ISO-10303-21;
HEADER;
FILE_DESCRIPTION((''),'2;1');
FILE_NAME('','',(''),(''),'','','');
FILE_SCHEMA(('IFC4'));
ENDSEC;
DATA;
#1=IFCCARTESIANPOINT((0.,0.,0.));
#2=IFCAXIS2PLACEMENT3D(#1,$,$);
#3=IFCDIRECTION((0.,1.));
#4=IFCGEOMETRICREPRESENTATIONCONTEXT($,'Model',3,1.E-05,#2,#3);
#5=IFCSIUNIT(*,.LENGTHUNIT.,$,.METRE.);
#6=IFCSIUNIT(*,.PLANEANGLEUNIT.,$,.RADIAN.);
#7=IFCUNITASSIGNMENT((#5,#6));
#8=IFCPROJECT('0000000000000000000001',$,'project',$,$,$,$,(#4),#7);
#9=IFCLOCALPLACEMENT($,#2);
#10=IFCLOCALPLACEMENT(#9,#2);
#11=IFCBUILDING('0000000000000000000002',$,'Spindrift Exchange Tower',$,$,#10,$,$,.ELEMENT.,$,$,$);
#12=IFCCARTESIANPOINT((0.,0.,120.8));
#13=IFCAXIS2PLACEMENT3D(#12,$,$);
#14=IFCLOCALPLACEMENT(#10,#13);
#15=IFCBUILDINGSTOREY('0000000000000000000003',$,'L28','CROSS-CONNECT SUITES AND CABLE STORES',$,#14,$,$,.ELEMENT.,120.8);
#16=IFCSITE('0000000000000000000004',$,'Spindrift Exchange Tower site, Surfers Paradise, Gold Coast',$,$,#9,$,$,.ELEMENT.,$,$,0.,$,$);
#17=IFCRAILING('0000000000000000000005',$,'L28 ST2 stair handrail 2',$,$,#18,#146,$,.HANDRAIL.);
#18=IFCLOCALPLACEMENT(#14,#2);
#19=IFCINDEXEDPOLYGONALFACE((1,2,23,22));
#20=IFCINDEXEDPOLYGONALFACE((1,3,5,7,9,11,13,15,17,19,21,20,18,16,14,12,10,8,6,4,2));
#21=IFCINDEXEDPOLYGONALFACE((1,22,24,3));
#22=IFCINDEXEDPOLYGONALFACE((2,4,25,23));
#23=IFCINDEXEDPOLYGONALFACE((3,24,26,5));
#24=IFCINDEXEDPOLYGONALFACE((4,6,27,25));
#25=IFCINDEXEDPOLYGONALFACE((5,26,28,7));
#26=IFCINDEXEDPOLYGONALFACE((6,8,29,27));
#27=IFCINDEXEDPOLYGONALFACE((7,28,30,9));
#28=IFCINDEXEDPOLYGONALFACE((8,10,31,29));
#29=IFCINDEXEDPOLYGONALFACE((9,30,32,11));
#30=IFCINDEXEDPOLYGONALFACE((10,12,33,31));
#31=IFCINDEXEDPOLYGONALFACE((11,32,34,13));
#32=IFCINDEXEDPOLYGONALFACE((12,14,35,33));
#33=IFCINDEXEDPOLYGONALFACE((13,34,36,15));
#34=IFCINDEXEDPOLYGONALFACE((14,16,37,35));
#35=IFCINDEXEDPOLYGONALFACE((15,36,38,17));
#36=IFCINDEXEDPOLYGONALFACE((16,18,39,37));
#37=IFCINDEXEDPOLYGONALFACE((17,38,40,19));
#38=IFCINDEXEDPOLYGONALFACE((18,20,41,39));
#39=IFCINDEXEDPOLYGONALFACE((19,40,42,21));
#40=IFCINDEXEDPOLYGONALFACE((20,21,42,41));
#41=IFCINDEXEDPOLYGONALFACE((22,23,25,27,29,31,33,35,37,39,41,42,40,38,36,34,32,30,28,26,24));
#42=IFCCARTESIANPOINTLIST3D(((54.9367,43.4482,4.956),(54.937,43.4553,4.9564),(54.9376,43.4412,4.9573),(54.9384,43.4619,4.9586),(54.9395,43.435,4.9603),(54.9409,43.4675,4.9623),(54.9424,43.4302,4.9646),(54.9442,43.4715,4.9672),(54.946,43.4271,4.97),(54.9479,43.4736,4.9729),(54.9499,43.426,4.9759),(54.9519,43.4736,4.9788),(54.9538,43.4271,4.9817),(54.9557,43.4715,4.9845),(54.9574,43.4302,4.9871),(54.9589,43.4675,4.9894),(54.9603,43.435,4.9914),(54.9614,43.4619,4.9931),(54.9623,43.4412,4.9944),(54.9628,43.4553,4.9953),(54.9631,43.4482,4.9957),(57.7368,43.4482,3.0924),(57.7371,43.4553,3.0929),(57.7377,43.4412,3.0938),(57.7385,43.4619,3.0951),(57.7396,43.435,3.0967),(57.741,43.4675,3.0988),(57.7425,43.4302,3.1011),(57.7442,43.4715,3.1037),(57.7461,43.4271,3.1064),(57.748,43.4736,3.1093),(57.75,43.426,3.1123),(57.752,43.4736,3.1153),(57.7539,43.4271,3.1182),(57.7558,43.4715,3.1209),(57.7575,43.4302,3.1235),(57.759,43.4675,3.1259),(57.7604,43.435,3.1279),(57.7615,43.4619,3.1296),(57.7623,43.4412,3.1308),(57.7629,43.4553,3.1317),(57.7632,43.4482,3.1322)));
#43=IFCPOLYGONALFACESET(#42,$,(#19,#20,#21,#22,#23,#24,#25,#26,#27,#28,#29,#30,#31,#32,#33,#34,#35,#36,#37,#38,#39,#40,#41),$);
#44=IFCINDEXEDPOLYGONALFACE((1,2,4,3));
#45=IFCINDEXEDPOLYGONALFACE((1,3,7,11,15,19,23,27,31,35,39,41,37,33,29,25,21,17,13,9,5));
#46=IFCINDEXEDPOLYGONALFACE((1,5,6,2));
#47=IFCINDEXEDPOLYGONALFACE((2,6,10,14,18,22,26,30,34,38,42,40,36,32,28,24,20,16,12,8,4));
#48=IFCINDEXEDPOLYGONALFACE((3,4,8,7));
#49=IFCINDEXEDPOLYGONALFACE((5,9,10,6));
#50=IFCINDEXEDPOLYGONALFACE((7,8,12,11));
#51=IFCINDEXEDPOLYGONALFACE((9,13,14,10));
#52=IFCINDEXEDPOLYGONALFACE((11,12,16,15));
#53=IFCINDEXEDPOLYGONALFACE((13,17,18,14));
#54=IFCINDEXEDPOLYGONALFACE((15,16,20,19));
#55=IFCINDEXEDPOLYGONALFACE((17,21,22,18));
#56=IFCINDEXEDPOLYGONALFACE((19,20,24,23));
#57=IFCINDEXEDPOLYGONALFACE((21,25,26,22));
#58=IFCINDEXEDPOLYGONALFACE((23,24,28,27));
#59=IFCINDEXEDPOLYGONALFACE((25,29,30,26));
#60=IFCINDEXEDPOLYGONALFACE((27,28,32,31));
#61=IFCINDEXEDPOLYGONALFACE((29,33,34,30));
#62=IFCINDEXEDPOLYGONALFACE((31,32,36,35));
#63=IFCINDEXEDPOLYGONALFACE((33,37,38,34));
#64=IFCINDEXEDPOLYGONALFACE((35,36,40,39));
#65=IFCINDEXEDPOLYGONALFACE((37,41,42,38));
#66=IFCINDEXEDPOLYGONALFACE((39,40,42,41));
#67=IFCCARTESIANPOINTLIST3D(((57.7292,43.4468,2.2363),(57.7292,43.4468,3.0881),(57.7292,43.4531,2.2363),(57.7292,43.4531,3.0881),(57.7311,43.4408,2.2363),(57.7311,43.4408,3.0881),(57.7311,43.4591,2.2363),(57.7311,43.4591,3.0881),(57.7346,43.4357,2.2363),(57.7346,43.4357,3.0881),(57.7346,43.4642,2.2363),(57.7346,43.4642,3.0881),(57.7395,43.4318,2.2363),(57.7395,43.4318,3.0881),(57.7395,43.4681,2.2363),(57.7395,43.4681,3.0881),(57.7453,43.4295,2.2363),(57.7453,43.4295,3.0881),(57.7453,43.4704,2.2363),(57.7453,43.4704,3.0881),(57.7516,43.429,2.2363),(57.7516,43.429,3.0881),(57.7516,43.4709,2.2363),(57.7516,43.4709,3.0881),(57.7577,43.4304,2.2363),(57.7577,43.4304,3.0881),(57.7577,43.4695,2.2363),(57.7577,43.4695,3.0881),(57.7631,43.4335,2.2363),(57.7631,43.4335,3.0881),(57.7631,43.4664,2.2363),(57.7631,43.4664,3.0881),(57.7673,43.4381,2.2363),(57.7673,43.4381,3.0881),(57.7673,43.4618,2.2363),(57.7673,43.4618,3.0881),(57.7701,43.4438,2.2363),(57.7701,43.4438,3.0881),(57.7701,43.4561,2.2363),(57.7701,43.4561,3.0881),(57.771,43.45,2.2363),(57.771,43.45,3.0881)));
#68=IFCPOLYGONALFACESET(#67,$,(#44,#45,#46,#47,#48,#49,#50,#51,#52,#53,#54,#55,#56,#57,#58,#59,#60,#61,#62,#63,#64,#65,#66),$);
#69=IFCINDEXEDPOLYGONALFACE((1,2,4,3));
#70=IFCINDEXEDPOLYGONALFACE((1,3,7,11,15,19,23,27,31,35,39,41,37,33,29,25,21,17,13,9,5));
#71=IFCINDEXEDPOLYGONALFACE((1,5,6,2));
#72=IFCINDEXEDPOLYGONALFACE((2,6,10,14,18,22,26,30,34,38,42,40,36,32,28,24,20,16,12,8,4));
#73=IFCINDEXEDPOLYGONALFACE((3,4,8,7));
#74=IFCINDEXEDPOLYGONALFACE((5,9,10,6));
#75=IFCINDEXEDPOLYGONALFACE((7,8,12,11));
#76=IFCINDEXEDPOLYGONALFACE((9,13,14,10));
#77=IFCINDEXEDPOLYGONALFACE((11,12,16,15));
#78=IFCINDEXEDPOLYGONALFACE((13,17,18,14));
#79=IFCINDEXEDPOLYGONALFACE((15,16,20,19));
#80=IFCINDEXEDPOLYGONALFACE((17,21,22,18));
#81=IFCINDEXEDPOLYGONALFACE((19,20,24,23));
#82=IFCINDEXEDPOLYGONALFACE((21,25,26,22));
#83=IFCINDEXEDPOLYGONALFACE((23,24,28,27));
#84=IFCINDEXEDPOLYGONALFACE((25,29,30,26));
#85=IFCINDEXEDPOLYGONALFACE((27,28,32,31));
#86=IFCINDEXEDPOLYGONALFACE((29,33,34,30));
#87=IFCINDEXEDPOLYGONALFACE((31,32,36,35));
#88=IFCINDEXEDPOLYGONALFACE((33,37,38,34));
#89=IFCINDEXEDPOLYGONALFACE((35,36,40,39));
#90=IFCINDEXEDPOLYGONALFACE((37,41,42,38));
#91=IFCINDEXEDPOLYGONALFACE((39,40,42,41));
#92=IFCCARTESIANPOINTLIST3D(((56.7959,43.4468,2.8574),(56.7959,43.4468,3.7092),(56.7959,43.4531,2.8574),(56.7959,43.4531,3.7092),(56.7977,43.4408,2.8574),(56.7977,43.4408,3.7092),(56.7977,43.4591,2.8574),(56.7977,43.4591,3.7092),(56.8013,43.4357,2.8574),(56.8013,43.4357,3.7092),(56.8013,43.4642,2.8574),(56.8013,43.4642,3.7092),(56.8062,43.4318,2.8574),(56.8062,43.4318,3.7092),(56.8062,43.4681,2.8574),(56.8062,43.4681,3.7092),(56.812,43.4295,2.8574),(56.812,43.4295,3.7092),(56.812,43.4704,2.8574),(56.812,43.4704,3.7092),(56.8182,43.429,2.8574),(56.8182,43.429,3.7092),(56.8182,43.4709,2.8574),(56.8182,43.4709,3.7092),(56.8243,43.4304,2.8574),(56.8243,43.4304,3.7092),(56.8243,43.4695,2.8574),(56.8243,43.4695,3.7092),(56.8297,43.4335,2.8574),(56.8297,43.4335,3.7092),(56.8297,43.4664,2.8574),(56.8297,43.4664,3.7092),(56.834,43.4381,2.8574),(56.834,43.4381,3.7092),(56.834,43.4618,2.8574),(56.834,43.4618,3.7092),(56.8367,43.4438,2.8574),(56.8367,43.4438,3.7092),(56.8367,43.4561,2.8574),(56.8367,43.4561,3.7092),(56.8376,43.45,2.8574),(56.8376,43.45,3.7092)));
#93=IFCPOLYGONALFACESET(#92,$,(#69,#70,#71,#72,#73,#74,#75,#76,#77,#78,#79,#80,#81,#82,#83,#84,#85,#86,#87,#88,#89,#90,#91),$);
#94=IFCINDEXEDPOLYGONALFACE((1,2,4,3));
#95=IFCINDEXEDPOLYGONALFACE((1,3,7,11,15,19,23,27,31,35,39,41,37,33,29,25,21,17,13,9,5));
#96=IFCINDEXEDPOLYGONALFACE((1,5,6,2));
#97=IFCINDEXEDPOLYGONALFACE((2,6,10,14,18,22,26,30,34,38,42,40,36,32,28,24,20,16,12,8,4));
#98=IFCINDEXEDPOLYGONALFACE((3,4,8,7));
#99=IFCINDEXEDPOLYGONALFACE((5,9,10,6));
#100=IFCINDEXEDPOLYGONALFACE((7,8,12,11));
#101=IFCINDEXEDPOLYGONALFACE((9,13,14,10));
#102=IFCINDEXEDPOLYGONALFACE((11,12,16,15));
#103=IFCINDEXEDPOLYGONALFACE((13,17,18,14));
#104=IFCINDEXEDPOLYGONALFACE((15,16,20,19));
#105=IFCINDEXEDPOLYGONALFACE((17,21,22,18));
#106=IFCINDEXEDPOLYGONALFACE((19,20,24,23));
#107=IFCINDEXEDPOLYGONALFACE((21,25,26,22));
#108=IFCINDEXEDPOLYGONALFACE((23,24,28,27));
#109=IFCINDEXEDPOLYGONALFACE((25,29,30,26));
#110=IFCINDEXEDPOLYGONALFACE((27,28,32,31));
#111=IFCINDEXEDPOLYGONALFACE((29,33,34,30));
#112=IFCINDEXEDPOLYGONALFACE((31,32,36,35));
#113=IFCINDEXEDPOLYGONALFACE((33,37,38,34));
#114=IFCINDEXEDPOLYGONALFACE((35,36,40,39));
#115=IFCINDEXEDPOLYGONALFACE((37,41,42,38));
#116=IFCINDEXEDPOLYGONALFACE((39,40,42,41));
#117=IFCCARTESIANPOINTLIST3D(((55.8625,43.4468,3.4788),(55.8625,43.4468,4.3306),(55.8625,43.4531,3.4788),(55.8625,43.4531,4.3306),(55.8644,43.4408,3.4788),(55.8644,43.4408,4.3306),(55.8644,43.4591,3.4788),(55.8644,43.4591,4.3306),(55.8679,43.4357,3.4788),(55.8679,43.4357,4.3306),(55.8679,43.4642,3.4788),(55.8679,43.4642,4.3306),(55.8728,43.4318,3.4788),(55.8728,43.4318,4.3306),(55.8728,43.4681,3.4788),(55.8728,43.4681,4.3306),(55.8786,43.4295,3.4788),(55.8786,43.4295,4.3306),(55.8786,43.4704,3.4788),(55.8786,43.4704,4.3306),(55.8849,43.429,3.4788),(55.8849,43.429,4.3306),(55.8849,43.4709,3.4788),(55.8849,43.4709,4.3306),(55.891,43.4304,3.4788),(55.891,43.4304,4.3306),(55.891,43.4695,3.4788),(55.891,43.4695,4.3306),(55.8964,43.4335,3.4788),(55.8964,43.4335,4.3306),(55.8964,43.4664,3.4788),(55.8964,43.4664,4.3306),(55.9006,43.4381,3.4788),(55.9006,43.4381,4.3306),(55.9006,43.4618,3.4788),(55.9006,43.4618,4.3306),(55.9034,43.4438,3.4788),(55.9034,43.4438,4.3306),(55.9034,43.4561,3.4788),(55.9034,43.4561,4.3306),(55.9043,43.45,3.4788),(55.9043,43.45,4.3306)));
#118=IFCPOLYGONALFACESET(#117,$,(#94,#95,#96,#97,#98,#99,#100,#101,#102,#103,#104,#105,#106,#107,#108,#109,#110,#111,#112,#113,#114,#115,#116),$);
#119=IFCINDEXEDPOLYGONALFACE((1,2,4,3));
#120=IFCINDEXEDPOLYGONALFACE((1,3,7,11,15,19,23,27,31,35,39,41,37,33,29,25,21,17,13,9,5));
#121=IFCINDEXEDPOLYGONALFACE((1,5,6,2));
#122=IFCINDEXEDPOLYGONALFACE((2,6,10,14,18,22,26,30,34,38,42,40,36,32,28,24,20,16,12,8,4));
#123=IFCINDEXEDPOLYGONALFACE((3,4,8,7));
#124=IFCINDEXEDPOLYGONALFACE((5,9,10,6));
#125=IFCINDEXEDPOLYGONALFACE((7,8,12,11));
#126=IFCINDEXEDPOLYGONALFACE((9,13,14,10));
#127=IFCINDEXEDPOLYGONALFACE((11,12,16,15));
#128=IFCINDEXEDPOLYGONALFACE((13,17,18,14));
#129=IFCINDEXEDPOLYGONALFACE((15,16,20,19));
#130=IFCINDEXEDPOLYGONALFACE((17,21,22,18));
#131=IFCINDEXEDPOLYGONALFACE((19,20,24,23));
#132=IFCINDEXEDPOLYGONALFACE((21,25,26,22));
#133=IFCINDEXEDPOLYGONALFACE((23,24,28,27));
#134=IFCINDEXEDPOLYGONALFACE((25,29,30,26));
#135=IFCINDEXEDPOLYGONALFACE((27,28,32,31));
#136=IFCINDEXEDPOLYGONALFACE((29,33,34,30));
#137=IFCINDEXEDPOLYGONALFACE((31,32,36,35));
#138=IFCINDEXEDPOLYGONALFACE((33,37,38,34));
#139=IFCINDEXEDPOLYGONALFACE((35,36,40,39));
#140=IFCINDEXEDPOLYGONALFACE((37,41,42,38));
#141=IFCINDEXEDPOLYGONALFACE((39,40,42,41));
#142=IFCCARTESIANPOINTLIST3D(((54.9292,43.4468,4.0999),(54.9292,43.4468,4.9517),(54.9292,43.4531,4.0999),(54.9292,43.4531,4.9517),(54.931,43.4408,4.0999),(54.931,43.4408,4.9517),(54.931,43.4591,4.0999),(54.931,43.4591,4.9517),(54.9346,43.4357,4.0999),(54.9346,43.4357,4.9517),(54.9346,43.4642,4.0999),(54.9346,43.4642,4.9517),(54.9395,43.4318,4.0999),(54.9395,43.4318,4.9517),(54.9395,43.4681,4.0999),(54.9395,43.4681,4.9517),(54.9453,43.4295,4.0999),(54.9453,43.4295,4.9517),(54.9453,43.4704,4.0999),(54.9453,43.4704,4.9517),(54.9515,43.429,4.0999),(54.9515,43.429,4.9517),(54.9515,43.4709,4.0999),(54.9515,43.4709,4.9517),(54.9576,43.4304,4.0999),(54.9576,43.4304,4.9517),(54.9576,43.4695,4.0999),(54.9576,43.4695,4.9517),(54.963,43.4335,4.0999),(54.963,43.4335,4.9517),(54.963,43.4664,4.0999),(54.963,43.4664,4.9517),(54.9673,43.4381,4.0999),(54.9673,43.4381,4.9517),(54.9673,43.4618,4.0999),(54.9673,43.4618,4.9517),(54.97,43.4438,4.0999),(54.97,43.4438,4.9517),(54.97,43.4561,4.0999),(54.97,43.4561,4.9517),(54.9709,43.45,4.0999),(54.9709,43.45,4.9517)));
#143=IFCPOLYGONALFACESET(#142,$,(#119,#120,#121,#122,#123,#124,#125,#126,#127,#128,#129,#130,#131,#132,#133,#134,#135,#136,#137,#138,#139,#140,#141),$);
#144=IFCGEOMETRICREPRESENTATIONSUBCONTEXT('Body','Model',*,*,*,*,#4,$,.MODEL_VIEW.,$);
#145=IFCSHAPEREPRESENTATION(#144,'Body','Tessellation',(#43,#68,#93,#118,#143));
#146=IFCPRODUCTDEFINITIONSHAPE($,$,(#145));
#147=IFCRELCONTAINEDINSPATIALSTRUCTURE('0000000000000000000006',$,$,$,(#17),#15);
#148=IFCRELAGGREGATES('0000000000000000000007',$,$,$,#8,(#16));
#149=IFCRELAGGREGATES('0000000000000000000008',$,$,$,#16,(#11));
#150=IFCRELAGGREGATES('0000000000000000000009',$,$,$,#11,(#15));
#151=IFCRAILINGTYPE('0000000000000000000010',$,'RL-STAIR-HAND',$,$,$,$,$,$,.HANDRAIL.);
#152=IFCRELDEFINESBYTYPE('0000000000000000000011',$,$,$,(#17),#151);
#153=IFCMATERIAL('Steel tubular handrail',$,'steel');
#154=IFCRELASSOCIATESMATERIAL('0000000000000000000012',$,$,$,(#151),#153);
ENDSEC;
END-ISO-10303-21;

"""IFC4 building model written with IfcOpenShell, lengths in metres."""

from ifc_helpers import new_model, si_unit, direction, frame, origin, origin_2d, place, context, subcontext, project, spatial, circle, extrude, material, type_object, element, save


model = new_model("IFC4")

# Units and contexts
model_context = context("Model", 3, precision=1e-05, world=origin(), true_north=direction((0.0, 1.0)))
body_context = subcontext(model_context, "Body", "Model", "MODEL_VIEW")
ifc_project = project(units=[si_unit("LENGTHUNIT", "METRE"), si_unit("PLANEANGLEUNIT", "RADIAN")], contexts=[model_context])

# Site, building, storey
site_placement = place(None, origin())
site = spatial("IfcSite", under=ifc_project, at=site_placement, Name="Spindrift Exchange Tower site, Surfers Paradise, Gold Coast", CompositionType="ELEMENT", RefElevation=0.0)
building_placement = place(site_placement, origin())
building = spatial("IfcBuilding", under=site, at=building_placement, Name="Spindrift Exchange Tower", CompositionType="ELEMENT")
storey_placement = place(building_placement, frame((0.0, 0.0, 120.8)))
storey = spatial("IfcBuildingStorey", under=building, at=storey_placement, Name="L28", Description="CROSS-CONNECT SUITES AND CABLE STORES", CompositionType="ELEMENT", Elevation=120.8)

# Railing
ifc_material_1 = material(Name="Steel tubular handrail", Category="steel")
railing_type_1 = type_object("IfcRailingType", Name="RL-STAIR-HAND", PredefinedType="HANDRAIL", material=ifc_material_1)
railing_1_placement = place(storey_placement, frame((57.75, 43.45, 2.2363)))
element("IfcRailing", 1, at=railing_1_placement, inside=storey, type_object=railing_type_1, Name="L28 ST2 stair handrail 2", PredefinedType="HANDRAIL", context=body_context, shape_type="SweptSolid", body=[
    extrude(circle(Radius=0.0239, at=origin_2d()), frame((0.0, 0.0, 0.876), z_axis=(-0.832486, 0.0, 0.554047), x_axis=(0.0, -1.0, 0.0)), (0.0, 0.0, 1.0), 3.3635),
    extrude(circle(Radius=0.021, at=origin_2d()), origin(), (0.0, 0.0, 1.0), 0.8518),
    extrude(circle(Radius=0.021, at=origin_2d()), frame((-0.9333, 0.0, 0.6211)), (0.0, 0.0, 1.0), 0.8518),
    extrude(circle(Radius=0.021, at=origin_2d()), frame((-1.8667, 0.0, 1.2424)), (0.0, 0.0, 1.0), 0.8518),
    extrude(circle(Radius=0.021, at=origin_2d()), frame((-2.8, 0.0, 1.8635)), (0.0, 0.0, 1.0), 0.8518),
])

save(model, "model.ifc")
